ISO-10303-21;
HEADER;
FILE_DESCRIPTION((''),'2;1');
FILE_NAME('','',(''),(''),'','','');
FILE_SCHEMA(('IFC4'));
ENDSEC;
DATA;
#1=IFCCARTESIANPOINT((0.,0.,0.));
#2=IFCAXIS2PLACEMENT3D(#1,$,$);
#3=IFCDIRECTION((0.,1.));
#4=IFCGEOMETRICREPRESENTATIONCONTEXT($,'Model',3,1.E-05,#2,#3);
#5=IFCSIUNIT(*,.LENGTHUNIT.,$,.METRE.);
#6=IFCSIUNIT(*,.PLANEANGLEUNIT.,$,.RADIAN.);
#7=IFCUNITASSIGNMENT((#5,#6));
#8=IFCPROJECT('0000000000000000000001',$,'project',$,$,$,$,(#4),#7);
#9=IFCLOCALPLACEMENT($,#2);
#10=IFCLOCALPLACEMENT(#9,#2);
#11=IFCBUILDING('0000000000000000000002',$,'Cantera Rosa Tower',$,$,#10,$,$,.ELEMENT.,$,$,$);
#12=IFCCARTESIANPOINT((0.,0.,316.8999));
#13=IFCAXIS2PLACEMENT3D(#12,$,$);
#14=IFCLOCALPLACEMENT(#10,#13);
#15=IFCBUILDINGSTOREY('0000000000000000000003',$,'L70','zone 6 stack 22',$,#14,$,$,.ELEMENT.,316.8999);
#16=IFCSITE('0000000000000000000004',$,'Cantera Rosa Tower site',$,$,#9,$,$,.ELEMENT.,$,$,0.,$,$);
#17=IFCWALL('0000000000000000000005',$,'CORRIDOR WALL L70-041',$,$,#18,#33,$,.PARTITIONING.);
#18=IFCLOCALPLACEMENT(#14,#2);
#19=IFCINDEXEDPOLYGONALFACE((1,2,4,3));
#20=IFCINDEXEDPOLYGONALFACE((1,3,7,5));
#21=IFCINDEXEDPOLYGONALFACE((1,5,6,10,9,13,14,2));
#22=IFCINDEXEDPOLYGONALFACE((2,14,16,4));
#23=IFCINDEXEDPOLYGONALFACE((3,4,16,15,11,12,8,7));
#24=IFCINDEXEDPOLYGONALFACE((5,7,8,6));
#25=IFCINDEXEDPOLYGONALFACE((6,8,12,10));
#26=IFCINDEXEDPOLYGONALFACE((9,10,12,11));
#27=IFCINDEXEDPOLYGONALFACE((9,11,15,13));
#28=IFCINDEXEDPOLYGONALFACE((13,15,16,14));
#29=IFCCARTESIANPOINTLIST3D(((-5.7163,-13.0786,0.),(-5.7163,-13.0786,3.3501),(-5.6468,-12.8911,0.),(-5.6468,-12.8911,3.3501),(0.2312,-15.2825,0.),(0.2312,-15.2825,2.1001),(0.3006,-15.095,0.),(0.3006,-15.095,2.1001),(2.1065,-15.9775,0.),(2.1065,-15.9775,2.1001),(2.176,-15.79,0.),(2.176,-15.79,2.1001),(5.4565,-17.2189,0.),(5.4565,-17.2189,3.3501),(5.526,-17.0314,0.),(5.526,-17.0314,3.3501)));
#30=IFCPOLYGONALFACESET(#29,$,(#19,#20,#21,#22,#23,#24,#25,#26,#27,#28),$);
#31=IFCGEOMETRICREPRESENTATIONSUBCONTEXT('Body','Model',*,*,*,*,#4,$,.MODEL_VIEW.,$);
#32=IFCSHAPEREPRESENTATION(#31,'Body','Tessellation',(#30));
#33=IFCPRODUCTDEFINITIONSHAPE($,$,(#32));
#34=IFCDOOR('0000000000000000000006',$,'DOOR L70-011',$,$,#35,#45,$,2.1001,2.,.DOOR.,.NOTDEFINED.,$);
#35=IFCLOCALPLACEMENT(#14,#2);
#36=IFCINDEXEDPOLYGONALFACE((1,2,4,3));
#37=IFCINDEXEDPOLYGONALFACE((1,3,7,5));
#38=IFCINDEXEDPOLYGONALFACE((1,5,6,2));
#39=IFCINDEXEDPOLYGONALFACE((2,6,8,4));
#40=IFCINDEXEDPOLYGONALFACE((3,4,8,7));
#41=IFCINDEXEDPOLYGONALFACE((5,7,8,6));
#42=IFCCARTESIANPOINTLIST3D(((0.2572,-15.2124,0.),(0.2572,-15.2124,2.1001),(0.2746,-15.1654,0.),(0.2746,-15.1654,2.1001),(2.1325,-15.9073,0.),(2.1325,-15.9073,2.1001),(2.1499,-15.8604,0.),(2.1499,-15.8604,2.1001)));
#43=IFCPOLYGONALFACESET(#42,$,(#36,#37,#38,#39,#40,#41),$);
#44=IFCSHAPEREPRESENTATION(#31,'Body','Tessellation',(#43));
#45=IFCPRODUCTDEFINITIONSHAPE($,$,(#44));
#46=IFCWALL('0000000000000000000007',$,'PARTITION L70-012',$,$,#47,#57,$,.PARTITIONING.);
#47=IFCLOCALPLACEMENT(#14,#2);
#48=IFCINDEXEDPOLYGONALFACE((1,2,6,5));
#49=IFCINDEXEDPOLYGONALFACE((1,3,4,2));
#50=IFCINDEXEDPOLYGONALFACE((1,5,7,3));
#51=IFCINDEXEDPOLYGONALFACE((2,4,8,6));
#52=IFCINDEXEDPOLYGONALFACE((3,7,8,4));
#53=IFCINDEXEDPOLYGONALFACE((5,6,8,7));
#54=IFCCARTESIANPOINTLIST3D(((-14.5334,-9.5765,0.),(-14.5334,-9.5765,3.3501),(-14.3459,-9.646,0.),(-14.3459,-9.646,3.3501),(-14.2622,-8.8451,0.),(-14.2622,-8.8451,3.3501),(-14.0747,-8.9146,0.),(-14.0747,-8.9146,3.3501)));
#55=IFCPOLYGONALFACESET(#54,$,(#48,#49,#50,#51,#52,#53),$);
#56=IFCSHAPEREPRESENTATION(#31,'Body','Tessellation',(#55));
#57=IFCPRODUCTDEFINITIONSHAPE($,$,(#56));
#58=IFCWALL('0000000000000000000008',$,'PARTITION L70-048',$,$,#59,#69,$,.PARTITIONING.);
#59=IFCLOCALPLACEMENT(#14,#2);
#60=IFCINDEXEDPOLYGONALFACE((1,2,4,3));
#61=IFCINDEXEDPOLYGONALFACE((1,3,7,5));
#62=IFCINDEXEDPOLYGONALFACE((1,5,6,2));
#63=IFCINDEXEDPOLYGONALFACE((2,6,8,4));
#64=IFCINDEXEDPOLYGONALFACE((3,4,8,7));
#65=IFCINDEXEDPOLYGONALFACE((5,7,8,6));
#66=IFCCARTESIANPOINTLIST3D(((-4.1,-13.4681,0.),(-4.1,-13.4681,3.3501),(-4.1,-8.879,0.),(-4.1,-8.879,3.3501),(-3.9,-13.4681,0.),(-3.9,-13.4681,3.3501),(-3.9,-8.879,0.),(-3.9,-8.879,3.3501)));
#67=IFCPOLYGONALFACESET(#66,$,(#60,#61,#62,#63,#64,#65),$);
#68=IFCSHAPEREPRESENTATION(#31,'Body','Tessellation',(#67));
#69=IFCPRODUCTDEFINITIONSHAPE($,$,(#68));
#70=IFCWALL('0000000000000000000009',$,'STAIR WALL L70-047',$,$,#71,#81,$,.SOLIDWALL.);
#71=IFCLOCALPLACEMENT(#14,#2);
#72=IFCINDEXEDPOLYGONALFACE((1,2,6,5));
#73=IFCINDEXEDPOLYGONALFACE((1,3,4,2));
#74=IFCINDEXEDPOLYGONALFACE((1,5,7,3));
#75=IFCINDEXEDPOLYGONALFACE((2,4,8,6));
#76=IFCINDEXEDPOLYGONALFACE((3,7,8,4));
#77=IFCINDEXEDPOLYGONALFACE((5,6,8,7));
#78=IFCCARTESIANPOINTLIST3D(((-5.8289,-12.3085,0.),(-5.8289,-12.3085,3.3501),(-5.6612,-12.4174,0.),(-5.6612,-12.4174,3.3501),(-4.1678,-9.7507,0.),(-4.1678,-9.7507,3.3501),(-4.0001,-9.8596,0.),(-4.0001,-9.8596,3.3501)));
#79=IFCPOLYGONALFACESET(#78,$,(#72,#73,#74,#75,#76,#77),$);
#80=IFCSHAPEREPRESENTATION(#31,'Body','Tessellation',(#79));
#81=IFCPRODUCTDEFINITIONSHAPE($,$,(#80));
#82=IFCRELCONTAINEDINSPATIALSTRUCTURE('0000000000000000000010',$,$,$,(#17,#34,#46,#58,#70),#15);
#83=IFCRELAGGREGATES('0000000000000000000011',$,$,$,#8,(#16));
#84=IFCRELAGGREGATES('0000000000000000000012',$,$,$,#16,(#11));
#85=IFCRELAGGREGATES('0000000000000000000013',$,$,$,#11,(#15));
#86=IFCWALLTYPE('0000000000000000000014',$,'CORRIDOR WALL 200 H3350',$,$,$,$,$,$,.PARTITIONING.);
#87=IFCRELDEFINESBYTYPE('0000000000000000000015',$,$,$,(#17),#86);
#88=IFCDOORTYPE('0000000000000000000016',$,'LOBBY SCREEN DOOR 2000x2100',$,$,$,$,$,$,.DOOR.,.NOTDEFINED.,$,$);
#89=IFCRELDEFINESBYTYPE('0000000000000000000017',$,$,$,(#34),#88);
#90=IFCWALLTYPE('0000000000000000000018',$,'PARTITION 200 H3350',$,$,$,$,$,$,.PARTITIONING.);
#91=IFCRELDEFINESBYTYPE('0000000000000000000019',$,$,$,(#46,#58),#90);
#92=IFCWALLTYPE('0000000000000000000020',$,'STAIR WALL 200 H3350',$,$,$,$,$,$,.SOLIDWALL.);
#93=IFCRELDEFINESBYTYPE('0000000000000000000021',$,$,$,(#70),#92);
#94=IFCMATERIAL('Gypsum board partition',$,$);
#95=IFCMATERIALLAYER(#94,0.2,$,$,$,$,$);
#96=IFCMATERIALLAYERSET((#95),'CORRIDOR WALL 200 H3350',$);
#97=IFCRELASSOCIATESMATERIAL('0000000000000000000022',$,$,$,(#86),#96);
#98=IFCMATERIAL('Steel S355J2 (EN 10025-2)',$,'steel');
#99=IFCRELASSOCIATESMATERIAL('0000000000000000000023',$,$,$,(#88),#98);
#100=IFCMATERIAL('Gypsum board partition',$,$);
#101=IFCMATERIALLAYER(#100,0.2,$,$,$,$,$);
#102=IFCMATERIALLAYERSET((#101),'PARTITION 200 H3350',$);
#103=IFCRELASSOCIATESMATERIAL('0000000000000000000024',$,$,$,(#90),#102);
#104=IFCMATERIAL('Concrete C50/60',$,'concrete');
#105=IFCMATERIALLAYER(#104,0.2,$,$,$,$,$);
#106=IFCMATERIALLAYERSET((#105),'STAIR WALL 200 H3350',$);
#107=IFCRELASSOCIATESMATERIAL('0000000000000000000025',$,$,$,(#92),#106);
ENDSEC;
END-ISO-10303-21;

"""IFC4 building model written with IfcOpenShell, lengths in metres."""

from ifc_helpers import new_model, si_unit, direction, frame, frame_2d, origin, place, context, subcontext, project, spatial, rectangle, extrude, material, layer, layer_set, type_object, element, fill, save


model = new_model("IFC4")

# Units and contexts
model_context = context("Model", 3, precision=1e-05, world=origin(), true_north=direction((0.0, 1.0)))
body_context = subcontext(model_context, "Body", "Model", "MODEL_VIEW")
ifc_project = project(units=[si_unit("LENGTHUNIT", "METRE"), si_unit("PLANEANGLEUNIT", "RADIAN")], contexts=[model_context])

# Site, building, storey
site_placement = place(None, origin())
site = spatial("IfcSite", under=ifc_project, at=site_placement, Name="Cantera Rosa Tower site", CompositionType="ELEMENT", RefElevation=0.0)
building_placement = place(site_placement, origin())
building = spatial("IfcBuilding", under=site, at=building_placement, Name="Cantera Rosa Tower", CompositionType="ELEMENT")
storey_placement = place(building_placement, frame((0.0, 0.0, 316.8999)))
storey = spatial("IfcBuildingStorey", under=building, at=storey_placement, Name="L70", Description="zone 6 stack 22", CompositionType="ELEMENT", Elevation=316.8999)

# Shared definitions
ifc_material_1 = material(Name="Gypsum board partition")
ifc_layer_1 = layer(ifc_material_1, 0.2)
ifc_layer_set_1 = layer_set([ifc_layer_1], Name="CORRIDOR WALL 200 H3350")
wall_type_1 = type_object("IfcWallType", Name="CORRIDOR WALL 200 H3350", PredefinedType="PARTITIONING", material=ifc_layer_set_1)

# Wall, opening, door
wall_1_placement = place(storey_placement, frame((-5.6814, -12.9849, 0.0), z_axis=(0.0, 0.0, 1.0), x_axis=(0.937686, -0.347483, 0.0)))
wall_1 = element("IfcWall", 1, at=wall_1_placement, inside=storey, type_object=wall_type_1, Name="CORRIDOR WALL L70-041", PredefinedType="PARTITIONING", context=body_context, shape_type="SweptSolid", body=[
    extrude(rectangle(XDim=11.9153, YDim=0.2, at=frame_2d((5.9575, 0.0))), origin(), (0.0, 0.0, 1.0), 3.3501),
])
opening_1_placement = place(wall_1_placement, frame((6.3425, 0.0, 0.0)))
opening_1 = element("IfcOpeningElement", 2, at=opening_1_placement, cuts=wall_1, PredefinedType="OPENING", context=body_context, shape_type="SweptSolid", body=[
    extrude(rectangle(XDim=2.0, YDim=2.1001, at=frame_2d((1.0, 1.05))), frame((0.0, 0.1099, 0.0), z_axis=(0.0, -1.0, 0.0), x_axis=(1.0, 0.0, 0.0)), (0.0, 0.0, 1.0), 0.22),
])
ifc_material_2 = material(Name="Steel S355J2 (EN 10025-2)", Category="steel")
door_type_1 = type_object("IfcDoorType", Name="LOBBY SCREEN DOOR 2000x2100", OperationType="NOTDEFINED", PredefinedType="DOOR", material=ifc_material_2)
door_1_placement = place(opening_1_placement, origin())
door_1 = element("IfcDoor", 3, at=door_1_placement, inside=storey, type_object=door_type_1, Name="DOOR L70-011", OperationType="NOTDEFINED", OverallHeight=2.1001, OverallWidth=2.0, PredefinedType="DOOR", context=body_context, shape_type="SweptSolid", body=[
    extrude(rectangle(XDim=2.0, YDim=2.1001, at=frame_2d((1.0, 1.05))), frame((0.0, 0.0249, 0.0), z_axis=(0.0, -1.0, 0.0), x_axis=(1.0, 0.0, 0.0)), (0.0, 0.0, 1.0), 0.05),
])
fill(opening_1, door_1)

# Walls
ifc_material_3 = material(Name="Gypsum board partition")
ifc_layer_2 = layer(ifc_material_3, 0.2)
ifc_layer_set_2 = layer_set([ifc_layer_2], Name="PARTITION 200 H3350")
wall_type_2 = type_object("IfcWallType", Name="PARTITION 200 H3350", PredefinedType="PARTITIONING", material=ifc_layer_set_2)
wall_2_placement = place(storey_placement, frame((-14.4397, -9.6113, 0.0), z_axis=(0.0, 0.0, 1.0), x_axis=(0.347691, 0.937609, 0.0)))
element("IfcWall", 4, at=wall_2_placement, inside=storey, type_object=wall_type_2, Name="PARTITION L70-012", PredefinedType="PARTITIONING", context=body_context, shape_type="SweptSolid", body=[
    extrude(rectangle(XDim=0.78, YDim=0.2, at=frame_2d((0.3901, 0.0))), origin(), (0.0, 0.0, 1.0), 3.3501),
])
wall_3_placement = place(storey_placement, frame((-4.0, -13.468, 0.0), z_axis=(0.0, 0.0, 1.0), x_axis=(0.0, 1.0, 0.0)))
element("IfcWall", 5, at=wall_3_placement, inside=storey, type_object=wall_type_2, Name="PARTITION L70-048", PredefinedType="PARTITIONING", context=body_context, shape_type="SweptSolid", body=[
    extrude(rectangle(XDim=4.5891, YDim=0.2, at=frame_2d((2.2944, 0.0))), origin(), (0.0, 0.0, 1.0), 3.3501),
])
ifc_material_4 = material(Name="Concrete C50/60", Category="concrete")
ifc_layer_3 = layer(ifc_material_4, 0.2)
ifc_layer_set_3 = layer_set([ifc_layer_3], Name="STAIR WALL 200 H3350")
wall_type_3 = type_object("IfcWallType", Name="STAIR WALL 200 H3350", PredefinedType="SOLIDWALL", material=ifc_layer_set_3)
wall_4_placement = place(storey_placement, frame((-4.084, -9.8052, 0.0), z_axis=(0.0, 0.0, 1.0), x_axis=(-0.544648, -0.838665, 0.0)))
element("IfcWall", 6, at=wall_4_placement, inside=storey, type_object=wall_type_3, Name="STAIR WALL L70-047", PredefinedType="SOLIDWALL", context=body_context, shape_type="SweptSolid", body=[
    extrude(rectangle(XDim=3.0498, YDim=0.2, at=frame_2d((1.5249, 0.0))), origin(), (0.0, 0.0, 1.0), 3.3501),
])

save(model, "model.ifc")
